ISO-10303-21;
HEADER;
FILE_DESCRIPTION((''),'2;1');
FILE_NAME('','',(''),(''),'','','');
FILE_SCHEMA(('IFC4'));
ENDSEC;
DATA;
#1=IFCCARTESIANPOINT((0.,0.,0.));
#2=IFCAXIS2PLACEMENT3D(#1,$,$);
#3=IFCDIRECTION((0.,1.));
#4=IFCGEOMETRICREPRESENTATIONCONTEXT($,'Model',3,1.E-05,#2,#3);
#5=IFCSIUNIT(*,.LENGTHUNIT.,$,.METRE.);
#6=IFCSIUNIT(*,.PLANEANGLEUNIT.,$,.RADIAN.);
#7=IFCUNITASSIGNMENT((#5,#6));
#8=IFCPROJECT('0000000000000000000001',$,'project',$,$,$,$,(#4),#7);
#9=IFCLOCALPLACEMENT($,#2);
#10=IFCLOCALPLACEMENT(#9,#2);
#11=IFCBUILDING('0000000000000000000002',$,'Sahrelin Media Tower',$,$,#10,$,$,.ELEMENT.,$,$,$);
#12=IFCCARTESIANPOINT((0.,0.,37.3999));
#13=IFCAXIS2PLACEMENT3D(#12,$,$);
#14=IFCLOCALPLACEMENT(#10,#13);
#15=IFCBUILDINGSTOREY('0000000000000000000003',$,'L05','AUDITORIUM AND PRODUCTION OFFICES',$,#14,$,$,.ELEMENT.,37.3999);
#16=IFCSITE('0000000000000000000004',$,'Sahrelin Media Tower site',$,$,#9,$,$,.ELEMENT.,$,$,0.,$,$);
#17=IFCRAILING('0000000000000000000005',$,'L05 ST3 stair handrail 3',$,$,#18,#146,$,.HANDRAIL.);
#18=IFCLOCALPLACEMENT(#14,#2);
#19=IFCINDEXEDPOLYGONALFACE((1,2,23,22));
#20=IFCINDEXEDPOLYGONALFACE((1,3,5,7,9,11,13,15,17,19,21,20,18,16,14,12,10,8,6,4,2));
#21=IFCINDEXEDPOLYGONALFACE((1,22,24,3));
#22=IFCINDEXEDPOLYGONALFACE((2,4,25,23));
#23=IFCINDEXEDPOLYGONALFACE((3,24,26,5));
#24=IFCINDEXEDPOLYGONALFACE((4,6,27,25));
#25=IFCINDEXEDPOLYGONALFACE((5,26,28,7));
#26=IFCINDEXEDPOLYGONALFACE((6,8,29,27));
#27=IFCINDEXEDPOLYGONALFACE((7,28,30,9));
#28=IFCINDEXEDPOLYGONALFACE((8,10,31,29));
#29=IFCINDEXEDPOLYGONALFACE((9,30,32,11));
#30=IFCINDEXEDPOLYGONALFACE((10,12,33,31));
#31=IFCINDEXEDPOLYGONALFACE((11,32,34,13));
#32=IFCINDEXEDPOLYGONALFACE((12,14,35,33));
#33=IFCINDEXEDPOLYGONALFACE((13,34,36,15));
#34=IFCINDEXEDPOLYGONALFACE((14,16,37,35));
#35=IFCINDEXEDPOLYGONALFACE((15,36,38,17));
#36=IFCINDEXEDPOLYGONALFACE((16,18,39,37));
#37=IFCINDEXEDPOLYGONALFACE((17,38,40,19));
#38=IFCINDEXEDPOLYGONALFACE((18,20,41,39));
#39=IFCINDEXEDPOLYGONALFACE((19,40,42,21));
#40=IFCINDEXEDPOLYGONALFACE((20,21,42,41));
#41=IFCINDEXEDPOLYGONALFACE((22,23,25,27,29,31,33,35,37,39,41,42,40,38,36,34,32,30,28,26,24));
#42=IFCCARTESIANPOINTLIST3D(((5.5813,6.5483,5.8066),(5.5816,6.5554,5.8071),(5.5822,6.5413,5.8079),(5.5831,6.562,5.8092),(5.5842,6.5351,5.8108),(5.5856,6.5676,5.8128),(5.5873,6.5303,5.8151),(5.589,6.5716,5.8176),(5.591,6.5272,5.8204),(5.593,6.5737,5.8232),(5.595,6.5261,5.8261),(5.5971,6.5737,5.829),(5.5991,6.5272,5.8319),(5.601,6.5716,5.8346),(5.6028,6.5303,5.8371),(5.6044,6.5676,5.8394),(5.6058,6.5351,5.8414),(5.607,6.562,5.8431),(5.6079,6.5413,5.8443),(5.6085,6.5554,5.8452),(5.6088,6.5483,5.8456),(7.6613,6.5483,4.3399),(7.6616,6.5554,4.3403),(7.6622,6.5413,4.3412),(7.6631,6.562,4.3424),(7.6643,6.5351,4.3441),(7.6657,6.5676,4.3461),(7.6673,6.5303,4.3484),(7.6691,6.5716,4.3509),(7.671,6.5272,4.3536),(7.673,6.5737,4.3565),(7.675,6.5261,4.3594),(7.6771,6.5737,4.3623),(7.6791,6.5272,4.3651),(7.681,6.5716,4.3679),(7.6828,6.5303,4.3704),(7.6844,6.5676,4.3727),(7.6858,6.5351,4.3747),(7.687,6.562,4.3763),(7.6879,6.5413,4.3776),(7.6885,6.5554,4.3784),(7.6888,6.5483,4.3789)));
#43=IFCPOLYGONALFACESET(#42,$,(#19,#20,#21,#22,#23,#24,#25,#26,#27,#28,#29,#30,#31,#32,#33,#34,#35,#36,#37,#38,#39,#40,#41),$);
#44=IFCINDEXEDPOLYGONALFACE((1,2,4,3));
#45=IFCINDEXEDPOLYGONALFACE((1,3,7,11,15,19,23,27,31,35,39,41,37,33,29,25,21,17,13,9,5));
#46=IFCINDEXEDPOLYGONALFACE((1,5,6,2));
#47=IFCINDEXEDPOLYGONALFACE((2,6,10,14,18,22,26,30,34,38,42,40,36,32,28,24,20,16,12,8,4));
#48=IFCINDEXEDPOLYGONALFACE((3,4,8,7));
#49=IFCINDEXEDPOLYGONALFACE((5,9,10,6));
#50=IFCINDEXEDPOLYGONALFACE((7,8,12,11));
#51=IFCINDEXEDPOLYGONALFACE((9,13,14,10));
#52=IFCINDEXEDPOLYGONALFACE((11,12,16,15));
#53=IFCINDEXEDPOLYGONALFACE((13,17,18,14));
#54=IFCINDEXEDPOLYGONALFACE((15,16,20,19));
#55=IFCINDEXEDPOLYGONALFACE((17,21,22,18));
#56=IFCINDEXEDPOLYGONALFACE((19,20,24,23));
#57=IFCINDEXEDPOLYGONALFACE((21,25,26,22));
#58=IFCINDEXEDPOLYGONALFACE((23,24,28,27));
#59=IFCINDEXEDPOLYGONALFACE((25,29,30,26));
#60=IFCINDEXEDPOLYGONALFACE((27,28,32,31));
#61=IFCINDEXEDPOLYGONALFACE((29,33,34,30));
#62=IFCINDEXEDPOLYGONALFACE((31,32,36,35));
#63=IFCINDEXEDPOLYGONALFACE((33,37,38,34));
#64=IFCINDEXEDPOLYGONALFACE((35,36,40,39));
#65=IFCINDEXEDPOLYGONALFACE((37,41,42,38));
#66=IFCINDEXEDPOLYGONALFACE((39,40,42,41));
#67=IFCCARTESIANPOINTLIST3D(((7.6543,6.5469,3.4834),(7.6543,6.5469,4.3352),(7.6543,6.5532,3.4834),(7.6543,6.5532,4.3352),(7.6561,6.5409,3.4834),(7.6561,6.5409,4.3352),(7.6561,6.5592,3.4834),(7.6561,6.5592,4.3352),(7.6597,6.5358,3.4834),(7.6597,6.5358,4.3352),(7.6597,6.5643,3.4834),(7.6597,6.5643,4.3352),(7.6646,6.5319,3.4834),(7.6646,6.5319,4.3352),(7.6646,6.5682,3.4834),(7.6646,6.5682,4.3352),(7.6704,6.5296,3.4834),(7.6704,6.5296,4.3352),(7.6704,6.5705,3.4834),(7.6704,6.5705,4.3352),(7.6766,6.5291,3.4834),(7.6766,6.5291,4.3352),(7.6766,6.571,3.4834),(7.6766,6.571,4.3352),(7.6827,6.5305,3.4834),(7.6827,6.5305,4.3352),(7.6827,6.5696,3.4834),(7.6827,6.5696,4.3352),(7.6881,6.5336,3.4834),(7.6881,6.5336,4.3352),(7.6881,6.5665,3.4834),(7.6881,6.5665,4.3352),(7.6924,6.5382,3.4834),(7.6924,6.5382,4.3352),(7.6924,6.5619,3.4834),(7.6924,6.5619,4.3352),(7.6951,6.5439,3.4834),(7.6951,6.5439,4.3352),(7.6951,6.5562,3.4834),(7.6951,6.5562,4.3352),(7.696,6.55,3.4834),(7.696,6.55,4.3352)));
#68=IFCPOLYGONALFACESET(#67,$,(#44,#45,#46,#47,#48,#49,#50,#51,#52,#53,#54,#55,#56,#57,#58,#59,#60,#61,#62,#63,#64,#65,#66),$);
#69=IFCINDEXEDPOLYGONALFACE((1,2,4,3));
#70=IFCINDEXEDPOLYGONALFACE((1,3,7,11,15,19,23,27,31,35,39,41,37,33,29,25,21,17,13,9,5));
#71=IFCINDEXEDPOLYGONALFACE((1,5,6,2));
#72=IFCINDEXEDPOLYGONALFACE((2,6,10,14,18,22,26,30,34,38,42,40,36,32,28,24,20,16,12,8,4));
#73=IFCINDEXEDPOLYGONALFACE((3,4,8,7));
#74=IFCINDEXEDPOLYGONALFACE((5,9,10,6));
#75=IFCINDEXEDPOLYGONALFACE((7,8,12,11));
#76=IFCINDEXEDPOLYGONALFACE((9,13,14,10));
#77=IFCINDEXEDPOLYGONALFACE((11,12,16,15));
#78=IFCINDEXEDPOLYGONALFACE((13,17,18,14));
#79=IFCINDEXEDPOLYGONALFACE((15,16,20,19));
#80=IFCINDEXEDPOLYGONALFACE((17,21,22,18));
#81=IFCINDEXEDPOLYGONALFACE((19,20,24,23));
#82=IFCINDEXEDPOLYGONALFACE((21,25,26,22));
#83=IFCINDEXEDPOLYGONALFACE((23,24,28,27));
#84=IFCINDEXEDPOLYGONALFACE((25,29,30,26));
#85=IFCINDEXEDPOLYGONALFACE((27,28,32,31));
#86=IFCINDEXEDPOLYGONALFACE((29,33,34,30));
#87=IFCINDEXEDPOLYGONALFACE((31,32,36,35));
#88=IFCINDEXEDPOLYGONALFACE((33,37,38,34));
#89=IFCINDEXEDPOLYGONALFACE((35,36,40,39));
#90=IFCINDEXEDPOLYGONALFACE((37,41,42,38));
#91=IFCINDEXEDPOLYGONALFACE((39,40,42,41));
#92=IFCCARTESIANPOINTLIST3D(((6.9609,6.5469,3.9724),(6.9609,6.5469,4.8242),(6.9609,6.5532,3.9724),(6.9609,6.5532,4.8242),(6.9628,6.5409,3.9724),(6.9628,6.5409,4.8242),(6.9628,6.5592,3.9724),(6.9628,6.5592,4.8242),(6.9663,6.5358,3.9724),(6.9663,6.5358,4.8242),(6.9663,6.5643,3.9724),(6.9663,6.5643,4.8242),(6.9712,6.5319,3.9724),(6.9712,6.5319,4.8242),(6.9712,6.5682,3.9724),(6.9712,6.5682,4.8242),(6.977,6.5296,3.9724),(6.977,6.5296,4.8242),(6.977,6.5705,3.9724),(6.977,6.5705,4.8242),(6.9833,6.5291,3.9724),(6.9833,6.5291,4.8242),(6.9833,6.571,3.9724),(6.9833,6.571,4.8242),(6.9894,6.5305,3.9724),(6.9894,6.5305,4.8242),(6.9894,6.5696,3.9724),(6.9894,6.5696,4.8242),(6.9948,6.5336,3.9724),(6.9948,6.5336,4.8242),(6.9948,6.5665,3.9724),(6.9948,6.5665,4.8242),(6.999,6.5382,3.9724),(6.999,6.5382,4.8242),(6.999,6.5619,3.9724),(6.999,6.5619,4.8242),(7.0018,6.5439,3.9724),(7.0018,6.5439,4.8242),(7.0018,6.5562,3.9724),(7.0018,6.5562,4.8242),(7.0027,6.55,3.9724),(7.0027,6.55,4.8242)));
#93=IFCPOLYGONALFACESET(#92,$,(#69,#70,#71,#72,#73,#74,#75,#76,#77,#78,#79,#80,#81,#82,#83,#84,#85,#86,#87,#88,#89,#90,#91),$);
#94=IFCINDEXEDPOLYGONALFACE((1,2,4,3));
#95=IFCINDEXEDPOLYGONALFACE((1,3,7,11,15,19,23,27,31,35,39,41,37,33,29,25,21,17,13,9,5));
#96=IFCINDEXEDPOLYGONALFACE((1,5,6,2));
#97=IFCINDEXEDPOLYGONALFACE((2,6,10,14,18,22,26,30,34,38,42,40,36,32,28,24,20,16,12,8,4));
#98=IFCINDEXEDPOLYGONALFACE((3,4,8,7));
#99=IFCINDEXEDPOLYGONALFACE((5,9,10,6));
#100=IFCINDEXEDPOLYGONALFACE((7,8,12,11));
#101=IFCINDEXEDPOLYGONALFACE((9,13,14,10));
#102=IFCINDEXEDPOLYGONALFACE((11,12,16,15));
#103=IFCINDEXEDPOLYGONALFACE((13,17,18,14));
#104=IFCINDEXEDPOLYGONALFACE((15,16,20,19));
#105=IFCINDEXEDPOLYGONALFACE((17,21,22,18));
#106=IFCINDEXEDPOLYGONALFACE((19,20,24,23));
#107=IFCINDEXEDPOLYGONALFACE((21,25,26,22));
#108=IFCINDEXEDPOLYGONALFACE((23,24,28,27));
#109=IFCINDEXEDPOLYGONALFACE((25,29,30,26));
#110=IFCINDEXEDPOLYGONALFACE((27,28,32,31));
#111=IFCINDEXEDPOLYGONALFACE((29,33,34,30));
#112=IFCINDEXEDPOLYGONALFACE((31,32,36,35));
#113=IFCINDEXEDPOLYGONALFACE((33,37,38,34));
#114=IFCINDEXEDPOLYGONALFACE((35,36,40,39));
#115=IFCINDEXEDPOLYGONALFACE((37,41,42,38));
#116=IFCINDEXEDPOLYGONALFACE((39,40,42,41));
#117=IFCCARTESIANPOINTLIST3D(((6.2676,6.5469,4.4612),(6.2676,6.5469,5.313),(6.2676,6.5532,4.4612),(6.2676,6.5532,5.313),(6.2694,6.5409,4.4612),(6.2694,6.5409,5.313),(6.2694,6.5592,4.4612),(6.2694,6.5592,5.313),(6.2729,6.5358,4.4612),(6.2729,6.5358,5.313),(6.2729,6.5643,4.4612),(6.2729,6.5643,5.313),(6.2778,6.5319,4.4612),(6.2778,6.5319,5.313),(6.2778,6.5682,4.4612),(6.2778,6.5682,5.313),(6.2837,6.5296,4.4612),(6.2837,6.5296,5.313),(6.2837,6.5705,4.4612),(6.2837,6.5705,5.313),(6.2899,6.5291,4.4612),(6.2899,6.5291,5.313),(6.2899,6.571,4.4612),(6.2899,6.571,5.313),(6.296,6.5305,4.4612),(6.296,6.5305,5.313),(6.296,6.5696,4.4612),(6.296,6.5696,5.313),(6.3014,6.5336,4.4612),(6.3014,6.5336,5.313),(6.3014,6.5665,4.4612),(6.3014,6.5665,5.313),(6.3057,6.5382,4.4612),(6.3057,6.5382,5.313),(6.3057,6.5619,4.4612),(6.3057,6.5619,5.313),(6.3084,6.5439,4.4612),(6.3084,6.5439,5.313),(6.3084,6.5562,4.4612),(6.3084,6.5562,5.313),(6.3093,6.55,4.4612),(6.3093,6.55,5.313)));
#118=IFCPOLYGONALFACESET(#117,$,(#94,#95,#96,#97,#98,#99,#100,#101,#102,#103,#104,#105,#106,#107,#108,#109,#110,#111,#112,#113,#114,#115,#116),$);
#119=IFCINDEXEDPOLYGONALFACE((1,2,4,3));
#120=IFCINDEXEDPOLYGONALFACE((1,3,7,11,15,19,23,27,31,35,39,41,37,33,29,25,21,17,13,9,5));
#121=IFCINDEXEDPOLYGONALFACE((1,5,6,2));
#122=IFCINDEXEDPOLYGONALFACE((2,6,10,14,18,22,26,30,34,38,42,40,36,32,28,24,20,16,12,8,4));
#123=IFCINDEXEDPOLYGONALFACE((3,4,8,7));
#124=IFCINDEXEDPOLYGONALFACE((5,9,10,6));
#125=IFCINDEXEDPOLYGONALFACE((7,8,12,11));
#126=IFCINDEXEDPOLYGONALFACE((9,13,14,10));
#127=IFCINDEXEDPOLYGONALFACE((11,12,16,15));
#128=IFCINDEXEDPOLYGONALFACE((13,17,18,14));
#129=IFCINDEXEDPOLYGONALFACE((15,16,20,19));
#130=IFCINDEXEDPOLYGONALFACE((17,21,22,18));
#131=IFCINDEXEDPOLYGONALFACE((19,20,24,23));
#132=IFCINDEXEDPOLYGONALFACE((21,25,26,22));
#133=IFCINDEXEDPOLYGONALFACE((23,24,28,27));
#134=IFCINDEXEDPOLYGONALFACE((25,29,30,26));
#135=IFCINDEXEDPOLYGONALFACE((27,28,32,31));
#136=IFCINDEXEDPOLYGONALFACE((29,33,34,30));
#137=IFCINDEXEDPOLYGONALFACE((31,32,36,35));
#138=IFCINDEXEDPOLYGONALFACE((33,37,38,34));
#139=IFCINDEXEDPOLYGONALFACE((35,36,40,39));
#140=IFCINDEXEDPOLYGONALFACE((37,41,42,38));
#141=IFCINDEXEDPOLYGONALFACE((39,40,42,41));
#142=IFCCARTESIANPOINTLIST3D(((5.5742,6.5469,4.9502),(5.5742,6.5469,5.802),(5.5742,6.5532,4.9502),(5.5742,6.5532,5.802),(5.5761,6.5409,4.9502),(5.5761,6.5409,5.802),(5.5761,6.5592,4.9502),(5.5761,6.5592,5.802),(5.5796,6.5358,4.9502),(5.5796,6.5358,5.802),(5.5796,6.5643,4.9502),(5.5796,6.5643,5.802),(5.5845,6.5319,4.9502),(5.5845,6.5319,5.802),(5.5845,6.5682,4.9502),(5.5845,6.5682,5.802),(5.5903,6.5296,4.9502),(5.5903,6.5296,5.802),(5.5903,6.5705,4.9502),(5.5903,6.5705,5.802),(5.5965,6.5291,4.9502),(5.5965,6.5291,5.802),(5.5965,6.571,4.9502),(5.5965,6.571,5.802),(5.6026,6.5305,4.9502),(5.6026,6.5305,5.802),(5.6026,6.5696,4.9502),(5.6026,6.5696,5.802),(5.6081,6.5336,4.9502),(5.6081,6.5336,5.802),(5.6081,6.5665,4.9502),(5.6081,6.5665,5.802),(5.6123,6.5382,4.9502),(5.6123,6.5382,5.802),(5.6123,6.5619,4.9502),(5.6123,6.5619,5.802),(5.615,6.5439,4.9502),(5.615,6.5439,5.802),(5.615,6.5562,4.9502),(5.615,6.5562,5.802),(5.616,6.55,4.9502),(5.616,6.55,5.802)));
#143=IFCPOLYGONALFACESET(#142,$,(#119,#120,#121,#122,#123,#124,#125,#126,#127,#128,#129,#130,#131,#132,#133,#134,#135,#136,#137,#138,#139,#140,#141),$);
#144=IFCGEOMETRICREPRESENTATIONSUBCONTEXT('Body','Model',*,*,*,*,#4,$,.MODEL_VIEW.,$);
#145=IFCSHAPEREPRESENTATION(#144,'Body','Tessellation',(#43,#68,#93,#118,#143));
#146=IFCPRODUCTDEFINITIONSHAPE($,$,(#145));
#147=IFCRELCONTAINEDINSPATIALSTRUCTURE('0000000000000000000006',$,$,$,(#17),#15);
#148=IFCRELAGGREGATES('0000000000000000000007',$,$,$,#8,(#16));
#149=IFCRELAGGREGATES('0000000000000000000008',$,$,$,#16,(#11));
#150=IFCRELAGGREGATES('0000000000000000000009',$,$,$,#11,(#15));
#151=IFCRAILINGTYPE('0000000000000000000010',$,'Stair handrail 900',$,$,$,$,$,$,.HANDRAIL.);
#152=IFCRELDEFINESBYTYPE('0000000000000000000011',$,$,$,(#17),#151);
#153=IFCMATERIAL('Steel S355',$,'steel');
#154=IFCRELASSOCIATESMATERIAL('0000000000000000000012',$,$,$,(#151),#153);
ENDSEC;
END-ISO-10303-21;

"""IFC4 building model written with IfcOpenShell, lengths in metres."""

from ifc_helpers import new_model, si_unit, direction, frame, origin, origin_2d, place, context, subcontext, project, spatial, circle, extrude, material, type_object, element, save


model = new_model("IFC4")

# Units and contexts
model_context = context("Model", 3, precision=1e-05, world=origin(), true_north=direction((0.0, 1.0)))
body_context = subcontext(model_context, "Body", "Model", "MODEL_VIEW")
ifc_project = project(units=[si_unit("LENGTHUNIT", "METRE"), si_unit("PLANEANGLEUNIT", "RADIAN")], contexts=[model_context])

# Site, building, storey
site_placement = place(None, origin())
site = spatial("IfcSite", under=ifc_project, at=site_placement, Name="Sahrelin Media Tower site", CompositionType="ELEMENT", RefElevation=0.0)
building_placement = place(site_placement, origin())
building = spatial("IfcBuilding", under=site, at=building_placement, Name="Sahrelin Media Tower", CompositionType="ELEMENT")
storey_placement = place(building_placement, frame((0.0, 0.0, 37.3999)))
storey = spatial("IfcBuildingStorey", under=building, at=storey_placement, Name="L05", Description="AUDITORIUM AND PRODUCTION OFFICES", CompositionType="ELEMENT", Elevation=37.3999)

# Shared definitions
ifc_material_1 = material(Name="Steel S355", Category="steel")

# Railing
railing_type_1 = type_object("IfcRailingType", Name="Stair handrail 900", PredefinedType="HANDRAIL", material=ifc_material_1)
for number, where, name in (
    (1, (7.675, 6.55, 3.4834), "L05 ST3 stair handrail 3"),
):
    element("IfcRailing", number, at=place(storey_placement, frame(where)), inside=storey, type_object=railing_type_1, Name=name, PredefinedType="HANDRAIL", context=body_context, shape_type="SweptSolid", body=[
        extrude(circle(Radius=0.0239, at=origin_2d()), frame((0.0, 0.0, 0.876), z_axis=(-0.817244, 0.0, 0.576291), x_axis=(0.0, -1.0, 0.0)), (0.0, 0.0, 1.0), 2.5452),
        extrude(circle(Radius=0.021, at=origin_2d()), origin(), (0.0, 0.0, 1.0), 0.8518),
        extrude(circle(Radius=0.021, at=origin_2d()), frame((-0.6934, 0.0, 0.489)), (0.0, 0.0, 1.0), 0.8518),
        extrude(circle(Radius=0.021, at=origin_2d()), frame((-1.3867, 0.0, 0.9778)), (0.0, 0.0, 1.0), 0.8518),
        extrude(circle(Radius=0.021, at=origin_2d()), frame((-2.0801, 0.0, 1.4668)), (0.0, 0.0, 1.0), 0.8518),
    ])

save(model, "model.ifc")
